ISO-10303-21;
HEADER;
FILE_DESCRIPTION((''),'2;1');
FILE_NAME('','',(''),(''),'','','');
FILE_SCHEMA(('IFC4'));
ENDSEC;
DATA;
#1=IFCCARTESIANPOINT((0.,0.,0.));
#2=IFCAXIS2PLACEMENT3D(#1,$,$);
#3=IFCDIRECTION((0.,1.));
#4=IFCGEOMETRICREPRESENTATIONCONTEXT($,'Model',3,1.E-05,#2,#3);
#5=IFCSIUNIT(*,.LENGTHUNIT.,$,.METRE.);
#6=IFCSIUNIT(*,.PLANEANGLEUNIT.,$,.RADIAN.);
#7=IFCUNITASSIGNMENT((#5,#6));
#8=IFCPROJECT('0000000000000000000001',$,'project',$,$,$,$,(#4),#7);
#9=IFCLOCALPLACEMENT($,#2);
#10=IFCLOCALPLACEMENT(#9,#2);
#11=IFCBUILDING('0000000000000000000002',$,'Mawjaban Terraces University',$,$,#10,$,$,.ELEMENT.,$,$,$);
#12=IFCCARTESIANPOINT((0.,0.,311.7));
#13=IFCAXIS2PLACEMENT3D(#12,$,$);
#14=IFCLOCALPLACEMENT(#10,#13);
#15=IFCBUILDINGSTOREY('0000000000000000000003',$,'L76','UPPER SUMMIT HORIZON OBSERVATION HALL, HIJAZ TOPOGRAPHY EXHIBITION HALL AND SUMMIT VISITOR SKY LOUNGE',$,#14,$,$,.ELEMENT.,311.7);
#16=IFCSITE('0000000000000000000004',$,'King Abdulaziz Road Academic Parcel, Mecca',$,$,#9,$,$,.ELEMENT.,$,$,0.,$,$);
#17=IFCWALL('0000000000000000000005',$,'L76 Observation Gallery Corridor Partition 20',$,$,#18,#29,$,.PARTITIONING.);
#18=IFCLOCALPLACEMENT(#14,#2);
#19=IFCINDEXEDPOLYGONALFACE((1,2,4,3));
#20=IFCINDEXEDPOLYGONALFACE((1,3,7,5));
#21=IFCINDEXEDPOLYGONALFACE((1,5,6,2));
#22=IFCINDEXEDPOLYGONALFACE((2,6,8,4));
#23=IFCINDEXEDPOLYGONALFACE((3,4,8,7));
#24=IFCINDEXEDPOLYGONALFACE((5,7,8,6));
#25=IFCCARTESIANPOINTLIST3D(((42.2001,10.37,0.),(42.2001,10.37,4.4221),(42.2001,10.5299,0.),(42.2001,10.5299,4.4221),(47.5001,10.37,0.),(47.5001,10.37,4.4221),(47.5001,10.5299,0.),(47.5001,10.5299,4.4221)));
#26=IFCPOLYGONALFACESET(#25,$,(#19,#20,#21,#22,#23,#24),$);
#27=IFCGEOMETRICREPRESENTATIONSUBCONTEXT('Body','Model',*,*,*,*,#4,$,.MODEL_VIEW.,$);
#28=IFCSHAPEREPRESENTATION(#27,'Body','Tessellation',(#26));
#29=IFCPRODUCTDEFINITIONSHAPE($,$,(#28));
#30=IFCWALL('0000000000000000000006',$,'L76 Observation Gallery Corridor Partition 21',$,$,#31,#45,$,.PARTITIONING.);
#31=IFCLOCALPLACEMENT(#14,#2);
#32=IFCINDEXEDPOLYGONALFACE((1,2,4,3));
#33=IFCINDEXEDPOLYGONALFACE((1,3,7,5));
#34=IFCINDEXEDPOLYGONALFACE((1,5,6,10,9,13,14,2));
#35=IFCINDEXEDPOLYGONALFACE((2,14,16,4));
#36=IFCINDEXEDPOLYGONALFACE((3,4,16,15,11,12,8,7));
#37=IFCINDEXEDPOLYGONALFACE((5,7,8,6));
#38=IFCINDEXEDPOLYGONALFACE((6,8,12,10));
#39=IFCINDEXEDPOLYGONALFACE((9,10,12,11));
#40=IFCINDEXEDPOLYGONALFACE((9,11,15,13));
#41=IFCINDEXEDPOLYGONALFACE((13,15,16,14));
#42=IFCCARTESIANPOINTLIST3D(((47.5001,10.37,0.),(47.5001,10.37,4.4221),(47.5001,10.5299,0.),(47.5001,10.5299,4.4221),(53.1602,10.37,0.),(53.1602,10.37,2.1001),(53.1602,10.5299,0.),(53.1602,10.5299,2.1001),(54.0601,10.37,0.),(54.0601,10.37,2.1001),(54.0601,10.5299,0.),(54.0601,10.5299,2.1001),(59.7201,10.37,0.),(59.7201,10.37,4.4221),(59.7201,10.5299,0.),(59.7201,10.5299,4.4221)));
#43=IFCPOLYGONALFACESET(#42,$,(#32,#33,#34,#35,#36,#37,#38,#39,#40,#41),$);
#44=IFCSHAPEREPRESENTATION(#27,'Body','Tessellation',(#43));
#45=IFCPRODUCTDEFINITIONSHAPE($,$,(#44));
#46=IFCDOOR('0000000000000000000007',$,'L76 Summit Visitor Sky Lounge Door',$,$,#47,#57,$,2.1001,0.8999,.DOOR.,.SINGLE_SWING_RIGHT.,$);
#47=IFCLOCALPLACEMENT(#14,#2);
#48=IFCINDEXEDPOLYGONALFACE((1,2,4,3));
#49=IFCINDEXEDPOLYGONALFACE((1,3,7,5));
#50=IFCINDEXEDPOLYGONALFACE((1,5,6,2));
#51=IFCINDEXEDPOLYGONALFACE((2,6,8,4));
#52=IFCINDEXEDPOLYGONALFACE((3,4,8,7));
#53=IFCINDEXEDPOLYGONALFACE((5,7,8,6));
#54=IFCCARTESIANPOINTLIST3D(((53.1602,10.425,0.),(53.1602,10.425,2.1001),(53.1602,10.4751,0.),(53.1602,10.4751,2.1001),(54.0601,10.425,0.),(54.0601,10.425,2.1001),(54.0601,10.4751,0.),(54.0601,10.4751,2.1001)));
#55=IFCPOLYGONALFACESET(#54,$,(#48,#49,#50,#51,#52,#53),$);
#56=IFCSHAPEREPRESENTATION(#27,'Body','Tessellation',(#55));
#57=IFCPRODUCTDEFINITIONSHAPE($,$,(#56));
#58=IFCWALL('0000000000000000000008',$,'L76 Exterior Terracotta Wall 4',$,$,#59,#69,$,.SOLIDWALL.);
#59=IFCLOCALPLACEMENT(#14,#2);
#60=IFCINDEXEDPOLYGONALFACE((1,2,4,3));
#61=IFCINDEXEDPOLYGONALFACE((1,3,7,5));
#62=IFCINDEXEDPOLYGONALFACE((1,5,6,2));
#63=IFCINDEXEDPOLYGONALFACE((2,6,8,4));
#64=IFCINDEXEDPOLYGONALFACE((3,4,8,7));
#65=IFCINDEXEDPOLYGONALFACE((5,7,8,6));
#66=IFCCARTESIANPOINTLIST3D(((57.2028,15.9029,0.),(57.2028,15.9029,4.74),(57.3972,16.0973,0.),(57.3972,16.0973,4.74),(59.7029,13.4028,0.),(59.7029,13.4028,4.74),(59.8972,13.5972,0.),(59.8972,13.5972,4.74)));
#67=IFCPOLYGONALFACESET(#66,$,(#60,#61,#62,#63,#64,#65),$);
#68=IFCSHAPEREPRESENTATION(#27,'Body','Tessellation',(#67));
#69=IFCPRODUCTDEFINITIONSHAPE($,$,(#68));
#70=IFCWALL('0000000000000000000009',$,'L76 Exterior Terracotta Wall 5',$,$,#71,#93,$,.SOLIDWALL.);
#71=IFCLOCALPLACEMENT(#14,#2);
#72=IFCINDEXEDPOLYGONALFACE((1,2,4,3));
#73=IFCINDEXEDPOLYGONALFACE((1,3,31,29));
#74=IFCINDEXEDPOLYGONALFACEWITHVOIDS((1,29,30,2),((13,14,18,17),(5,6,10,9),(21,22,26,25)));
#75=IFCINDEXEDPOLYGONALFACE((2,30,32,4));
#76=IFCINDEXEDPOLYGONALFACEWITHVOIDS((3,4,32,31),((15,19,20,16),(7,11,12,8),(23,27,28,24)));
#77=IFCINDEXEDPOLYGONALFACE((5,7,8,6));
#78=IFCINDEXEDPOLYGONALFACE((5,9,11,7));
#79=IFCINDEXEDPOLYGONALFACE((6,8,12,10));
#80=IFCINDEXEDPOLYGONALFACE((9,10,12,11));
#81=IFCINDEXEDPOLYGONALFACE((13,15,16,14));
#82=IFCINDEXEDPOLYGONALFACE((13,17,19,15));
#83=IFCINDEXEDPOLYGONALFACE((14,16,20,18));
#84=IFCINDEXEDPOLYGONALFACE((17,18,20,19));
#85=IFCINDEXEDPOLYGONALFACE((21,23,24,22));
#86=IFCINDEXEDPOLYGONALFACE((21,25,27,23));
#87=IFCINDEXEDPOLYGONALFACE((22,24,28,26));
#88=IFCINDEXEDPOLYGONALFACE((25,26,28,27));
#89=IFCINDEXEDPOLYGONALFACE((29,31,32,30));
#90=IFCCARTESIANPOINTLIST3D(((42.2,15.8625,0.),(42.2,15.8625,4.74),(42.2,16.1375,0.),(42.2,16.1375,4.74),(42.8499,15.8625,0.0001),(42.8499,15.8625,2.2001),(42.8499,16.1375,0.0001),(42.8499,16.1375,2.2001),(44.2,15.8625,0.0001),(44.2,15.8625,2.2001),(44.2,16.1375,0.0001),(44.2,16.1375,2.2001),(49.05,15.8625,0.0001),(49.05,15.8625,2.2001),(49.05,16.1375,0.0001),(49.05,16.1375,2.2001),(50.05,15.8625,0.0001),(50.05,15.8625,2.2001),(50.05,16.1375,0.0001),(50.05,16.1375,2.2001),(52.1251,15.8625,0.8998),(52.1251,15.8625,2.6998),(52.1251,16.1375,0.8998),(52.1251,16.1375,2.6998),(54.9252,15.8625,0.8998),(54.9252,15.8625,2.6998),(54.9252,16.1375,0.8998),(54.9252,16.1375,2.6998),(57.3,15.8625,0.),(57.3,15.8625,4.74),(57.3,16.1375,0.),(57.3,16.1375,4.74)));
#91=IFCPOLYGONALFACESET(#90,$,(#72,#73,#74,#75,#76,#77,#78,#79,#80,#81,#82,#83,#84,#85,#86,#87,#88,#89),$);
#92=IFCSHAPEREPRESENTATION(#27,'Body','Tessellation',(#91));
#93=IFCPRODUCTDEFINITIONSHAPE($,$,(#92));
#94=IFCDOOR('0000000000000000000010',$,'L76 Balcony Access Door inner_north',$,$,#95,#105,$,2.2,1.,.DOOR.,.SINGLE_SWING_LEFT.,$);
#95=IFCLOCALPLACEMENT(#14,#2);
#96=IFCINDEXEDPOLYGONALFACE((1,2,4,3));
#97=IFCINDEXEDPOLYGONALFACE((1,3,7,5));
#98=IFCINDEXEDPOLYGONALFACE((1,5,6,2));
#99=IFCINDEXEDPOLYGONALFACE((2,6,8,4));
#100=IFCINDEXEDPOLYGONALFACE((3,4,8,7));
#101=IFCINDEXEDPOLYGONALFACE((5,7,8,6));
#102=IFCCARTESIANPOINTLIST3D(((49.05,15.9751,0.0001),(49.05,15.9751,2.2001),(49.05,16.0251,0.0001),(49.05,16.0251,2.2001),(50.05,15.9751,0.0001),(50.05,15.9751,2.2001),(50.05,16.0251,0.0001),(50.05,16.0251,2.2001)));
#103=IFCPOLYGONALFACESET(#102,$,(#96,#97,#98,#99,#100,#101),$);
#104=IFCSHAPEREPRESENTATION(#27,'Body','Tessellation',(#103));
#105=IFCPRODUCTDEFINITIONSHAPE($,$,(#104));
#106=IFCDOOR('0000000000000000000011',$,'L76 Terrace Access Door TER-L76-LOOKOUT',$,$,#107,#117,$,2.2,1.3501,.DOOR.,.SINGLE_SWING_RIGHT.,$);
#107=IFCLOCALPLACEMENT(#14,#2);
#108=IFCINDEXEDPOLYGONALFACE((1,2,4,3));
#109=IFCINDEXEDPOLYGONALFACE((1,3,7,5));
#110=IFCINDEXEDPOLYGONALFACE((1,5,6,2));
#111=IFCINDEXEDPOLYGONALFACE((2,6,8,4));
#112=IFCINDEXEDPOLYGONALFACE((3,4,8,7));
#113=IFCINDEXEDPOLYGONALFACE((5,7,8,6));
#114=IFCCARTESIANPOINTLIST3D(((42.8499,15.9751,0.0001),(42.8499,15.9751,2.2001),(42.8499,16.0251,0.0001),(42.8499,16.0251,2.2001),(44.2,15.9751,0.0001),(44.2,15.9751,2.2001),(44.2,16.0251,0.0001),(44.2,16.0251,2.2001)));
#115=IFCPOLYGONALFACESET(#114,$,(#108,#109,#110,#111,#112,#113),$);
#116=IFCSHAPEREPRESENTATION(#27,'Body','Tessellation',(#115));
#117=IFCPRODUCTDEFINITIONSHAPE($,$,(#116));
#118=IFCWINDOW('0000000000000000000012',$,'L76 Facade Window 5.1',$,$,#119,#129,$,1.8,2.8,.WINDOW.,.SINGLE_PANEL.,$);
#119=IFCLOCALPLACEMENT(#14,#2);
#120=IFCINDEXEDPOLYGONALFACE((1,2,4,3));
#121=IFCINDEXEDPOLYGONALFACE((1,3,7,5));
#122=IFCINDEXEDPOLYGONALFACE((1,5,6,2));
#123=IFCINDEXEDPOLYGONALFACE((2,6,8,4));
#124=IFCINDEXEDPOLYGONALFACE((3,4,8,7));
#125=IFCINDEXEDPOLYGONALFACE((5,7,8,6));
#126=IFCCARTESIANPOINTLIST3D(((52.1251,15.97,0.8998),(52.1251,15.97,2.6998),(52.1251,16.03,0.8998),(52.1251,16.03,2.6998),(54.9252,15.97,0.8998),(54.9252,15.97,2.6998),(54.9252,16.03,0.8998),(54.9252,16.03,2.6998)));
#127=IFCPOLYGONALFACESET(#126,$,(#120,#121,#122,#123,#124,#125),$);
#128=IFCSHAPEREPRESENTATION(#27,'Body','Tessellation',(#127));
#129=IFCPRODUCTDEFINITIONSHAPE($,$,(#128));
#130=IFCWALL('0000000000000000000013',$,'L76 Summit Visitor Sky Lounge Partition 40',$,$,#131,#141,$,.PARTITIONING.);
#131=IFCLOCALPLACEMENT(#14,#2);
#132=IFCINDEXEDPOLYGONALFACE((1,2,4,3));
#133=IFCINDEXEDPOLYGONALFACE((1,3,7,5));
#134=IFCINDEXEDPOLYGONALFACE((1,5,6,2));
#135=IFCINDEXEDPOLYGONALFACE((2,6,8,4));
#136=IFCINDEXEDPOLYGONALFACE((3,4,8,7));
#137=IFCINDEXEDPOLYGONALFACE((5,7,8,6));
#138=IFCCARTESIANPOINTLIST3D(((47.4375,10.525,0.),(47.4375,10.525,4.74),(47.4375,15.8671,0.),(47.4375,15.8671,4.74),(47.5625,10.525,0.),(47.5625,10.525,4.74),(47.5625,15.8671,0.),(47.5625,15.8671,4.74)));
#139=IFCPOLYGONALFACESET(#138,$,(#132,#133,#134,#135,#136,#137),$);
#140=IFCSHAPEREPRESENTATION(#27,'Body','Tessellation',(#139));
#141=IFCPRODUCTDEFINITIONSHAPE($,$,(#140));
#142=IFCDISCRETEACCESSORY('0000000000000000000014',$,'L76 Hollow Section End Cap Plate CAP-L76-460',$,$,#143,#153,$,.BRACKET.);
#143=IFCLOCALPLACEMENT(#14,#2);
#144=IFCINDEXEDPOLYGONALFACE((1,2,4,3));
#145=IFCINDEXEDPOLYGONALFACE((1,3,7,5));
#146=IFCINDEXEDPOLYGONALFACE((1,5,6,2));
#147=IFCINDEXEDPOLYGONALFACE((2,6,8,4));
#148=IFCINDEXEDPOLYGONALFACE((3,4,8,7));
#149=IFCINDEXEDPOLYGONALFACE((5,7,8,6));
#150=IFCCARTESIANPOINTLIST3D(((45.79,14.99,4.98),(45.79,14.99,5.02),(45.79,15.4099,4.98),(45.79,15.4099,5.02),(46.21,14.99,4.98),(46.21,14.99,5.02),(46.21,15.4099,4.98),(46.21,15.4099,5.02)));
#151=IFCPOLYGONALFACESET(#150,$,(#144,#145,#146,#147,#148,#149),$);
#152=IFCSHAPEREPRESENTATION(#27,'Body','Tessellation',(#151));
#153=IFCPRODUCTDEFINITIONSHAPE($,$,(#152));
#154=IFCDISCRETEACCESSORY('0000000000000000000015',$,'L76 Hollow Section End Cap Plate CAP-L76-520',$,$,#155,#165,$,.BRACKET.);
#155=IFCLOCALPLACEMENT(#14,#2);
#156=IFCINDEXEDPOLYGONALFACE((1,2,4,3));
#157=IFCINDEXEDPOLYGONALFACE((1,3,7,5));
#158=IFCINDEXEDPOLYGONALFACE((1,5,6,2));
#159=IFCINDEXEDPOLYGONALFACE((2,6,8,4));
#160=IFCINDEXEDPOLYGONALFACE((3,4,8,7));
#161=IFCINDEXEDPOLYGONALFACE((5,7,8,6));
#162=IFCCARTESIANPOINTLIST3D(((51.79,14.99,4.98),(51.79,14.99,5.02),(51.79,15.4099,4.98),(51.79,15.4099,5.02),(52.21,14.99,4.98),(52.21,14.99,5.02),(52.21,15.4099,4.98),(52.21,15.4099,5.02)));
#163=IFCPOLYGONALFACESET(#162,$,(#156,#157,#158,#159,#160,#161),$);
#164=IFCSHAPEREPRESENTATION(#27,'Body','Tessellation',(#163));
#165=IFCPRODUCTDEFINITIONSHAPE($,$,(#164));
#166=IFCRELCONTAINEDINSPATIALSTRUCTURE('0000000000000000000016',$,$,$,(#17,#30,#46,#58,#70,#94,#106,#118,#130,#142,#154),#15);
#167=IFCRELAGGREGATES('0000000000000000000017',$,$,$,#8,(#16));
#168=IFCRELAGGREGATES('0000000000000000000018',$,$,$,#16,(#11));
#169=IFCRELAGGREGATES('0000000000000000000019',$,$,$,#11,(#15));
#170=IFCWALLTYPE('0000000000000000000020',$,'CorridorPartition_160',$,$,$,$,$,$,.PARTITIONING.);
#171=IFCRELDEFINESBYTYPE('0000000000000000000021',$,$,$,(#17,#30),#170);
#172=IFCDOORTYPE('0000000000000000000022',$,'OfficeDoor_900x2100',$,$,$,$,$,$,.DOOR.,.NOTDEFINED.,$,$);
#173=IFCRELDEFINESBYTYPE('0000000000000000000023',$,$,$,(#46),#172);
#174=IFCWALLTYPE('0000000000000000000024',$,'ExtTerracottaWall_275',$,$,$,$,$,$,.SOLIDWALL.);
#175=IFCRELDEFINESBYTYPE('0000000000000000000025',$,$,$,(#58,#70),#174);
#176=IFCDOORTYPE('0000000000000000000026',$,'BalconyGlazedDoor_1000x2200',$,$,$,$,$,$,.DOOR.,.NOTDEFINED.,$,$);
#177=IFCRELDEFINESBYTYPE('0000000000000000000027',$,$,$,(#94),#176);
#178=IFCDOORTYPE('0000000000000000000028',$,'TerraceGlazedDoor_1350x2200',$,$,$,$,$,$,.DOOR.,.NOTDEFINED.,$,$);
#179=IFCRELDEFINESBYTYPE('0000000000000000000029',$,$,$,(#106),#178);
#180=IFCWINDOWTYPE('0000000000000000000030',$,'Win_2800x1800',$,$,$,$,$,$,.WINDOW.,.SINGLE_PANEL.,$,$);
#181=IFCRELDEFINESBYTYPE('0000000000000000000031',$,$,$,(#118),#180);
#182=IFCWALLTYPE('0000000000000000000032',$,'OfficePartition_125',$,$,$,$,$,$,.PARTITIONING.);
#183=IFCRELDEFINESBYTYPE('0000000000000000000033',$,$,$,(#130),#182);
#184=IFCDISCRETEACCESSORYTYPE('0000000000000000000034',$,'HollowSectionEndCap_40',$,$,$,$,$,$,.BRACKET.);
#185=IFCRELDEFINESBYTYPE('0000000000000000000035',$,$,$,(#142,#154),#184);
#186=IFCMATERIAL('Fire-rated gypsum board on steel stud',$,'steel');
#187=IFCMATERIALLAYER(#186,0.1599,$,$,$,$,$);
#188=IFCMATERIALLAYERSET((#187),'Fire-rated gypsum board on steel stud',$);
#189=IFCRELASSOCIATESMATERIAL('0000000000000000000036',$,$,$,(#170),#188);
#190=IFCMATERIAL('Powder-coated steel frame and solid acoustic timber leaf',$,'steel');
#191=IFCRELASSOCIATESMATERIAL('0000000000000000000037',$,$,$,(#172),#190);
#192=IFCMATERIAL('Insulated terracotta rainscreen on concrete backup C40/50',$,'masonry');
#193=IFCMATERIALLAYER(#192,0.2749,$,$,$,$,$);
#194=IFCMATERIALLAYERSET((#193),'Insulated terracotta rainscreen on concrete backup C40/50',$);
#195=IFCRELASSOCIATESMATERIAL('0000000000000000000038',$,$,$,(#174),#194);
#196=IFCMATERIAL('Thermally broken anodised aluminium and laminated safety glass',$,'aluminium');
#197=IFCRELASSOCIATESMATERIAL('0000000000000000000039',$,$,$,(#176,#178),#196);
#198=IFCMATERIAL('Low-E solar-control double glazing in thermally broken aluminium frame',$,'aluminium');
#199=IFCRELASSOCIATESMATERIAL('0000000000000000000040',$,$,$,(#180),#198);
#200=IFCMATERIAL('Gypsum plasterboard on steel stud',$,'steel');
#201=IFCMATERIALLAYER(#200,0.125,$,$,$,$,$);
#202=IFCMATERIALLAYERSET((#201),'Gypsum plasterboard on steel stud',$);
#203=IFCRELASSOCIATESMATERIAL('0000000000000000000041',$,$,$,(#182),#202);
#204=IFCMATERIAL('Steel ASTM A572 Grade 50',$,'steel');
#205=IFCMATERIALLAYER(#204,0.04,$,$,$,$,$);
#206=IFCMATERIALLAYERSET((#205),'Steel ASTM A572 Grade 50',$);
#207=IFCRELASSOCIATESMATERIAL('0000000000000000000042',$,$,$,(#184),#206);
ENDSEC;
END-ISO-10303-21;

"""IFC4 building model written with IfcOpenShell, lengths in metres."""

from ifc_helpers import new_model, si_unit, direction, frame, frame_2d, origin, origin_2d, place, context, subcontext, project, spatial, rectangle, extrude, material, layer, layer_set, type_object, element, fill, save


model = new_model("IFC4")

# Units and contexts
model_context = context("Model", 3, precision=1e-05, world=origin(), true_north=direction((0.0, 1.0)))
body_context = subcontext(model_context, "Body", "Model", "MODEL_VIEW")
ifc_project = project(units=[si_unit("LENGTHUNIT", "METRE"), si_unit("PLANEANGLEUNIT", "RADIAN")], contexts=[model_context])

# Site, building, storey
site_placement = place(None, origin())
site = spatial("IfcSite", under=ifc_project, at=site_placement, Name="King Abdulaziz Road Academic Parcel, Mecca", CompositionType="ELEMENT", RefElevation=0.0)
building_placement = place(site_placement, origin())
building = spatial("IfcBuilding", under=site, at=building_placement, Name="Mawjaban Terraces University", CompositionType="ELEMENT")
storey_placement = place(building_placement, frame((0.0, 0.0, 311.7)))
storey = spatial("IfcBuildingStorey", under=building, at=storey_placement, Name="L76", Description="UPPER SUMMIT HORIZON OBSERVATION HALL, HIJAZ TOPOGRAPHY EXHIBITION HALL AND SUMMIT VISITOR SKY LOUNGE", CompositionType="ELEMENT", Elevation=311.7)

# Shared definitions
ifc_material_1 = material(Name="Steel ASTM A572 Grade 50", Category="steel")

# Wall
ifc_material_2 = material(Name="Fire-rated gypsum board on steel stud", Category="steel")
ifc_layer_1 = layer(ifc_material_2, 0.1599)
ifc_layer_set_1 = layer_set([ifc_layer_1], Name="Fire-rated gypsum board on steel stud")
wall_type_1 = type_object("IfcWallType", Name="CorridorPartition_160", PredefinedType="PARTITIONING", material=ifc_layer_set_1)
wall_1_placement = place(storey_placement, frame((47.5, 10.45, 0.0), z_axis=(0.0, 0.0, 1.0), x_axis=(-1.0, 0.0, 0.0)))
element("IfcWall", 1, at=wall_1_placement, inside=storey, type_object=wall_type_1, Name="L76 Observation Gallery Corridor Partition 20", PredefinedType="PARTITIONING", context=body_context, shape_type="SweptSolid", body=[
    extrude(rectangle(XDim=5.3, YDim=0.1599, at=frame_2d((2.6499, 0.0))), origin(), (0.0, 0.0, 1.0), 4.4221),
])

# Wall, opening, door
wall_2_placement = place(storey_placement, frame((59.72, 10.45, 0.0), z_axis=(0.0, 0.0, 1.0), x_axis=(-1.0, 0.0, 0.0)))
wall_2 = element("IfcWall", 2, at=wall_2_placement, inside=storey, type_object=wall_type_1, Name="L76 Observation Gallery Corridor Partition 21", PredefinedType="PARTITIONING", context=body_context, shape_type="SweptSolid", body=[
    extrude(rectangle(XDim=12.22, YDim=0.1599, at=frame_2d((6.1099, 0.0))), origin(), (0.0, 0.0, 1.0), 4.4221),
])
opening_1_placement = place(wall_2_placement, frame((5.6599, 0.0, 0.0)))
opening_1 = element("IfcOpeningElement", 3, at=opening_1_placement, cuts=wall_2, PredefinedType="OPENING", context=body_context, shape_type="SweptSolid", body=[
    extrude(rectangle(XDim=0.8999, YDim=2.1001, at=frame_2d((0.45, 1.05))), frame((0.0, 0.0898, 0.0), z_axis=(0.0, -1.0, 0.0), x_axis=(1.0, 0.0, 0.0)), (0.0, 0.0, 1.0), 0.1799),
])
ifc_material_3 = material(Name="Powder-coated steel frame and solid acoustic timber leaf", Category="steel")
door_type_1 = type_object("IfcDoorType", Name="OfficeDoor_900x2100", OperationType="NOTDEFINED", PredefinedType="DOOR", material=ifc_material_3)
door_1_placement = place(opening_1_placement, origin())
door_1 = element("IfcDoor", 4, at=door_1_placement, inside=storey, type_object=door_type_1, Name="L76 Summit Visitor Sky Lounge Door", OperationType="SINGLE_SWING_RIGHT", OverallHeight=2.1001, OverallWidth=0.8999, PredefinedType="DOOR", context=body_context, shape_type="SweptSolid", body=[
    extrude(rectangle(XDim=0.8999, YDim=2.1001, at=frame_2d((0.45, 1.05))), frame((0.0, 0.0249, 0.0), z_axis=(0.0, -1.0, 0.0), x_axis=(1.0, 0.0, 0.0)), (0.0, 0.0, 1.0), 0.05),
])
fill(opening_1, door_1)

# Wall
ifc_material_4 = material(Name="Insulated terracotta rainscreen on concrete backup C40/50", Category="masonry")
ifc_layer_2 = layer(ifc_material_4, 0.2749)
ifc_layer_set_2 = layer_set([ifc_layer_2], Name="Insulated terracotta rainscreen on concrete backup C40/50")
wall_type_2 = type_object("IfcWallType", Name="ExtTerracottaWall_275", PredefinedType="SOLIDWALL", material=ifc_layer_set_2)
wall_3_placement = place(storey_placement, frame((59.8, 13.5, 0.0), z_axis=(0.0, 0.0, 1.0), x_axis=(-0.707107, 0.707107, 0.0)))
element("IfcWall", 5, at=wall_3_placement, inside=storey, type_object=wall_type_2, Name="L76 Exterior Terracotta Wall 4", PredefinedType="SOLIDWALL", context=body_context, shape_type="SweptSolid", body=[
    extrude(rectangle(XDim=3.5356, YDim=0.2749, at=frame_2d((1.7678, 0.0))), origin(), (0.0, 0.0, 1.0), 4.74),
])

# Wall, openings, doors, window
wall_4_placement = place(storey_placement, frame((57.3, 16.0, 0.0), z_axis=(0.0, 0.0, 1.0), x_axis=(-1.0, 0.0, 0.0)))
wall_4 = element("IfcWall", 6, at=wall_4_placement, inside=storey, type_object=wall_type_2, Name="L76 Exterior Terracotta Wall 5", PredefinedType="SOLIDWALL", context=body_context, shape_type="SweptSolid", body=[
    extrude(rectangle(XDim=15.1001, YDim=0.2749, at=frame_2d((7.55, 0.0))), origin(), (0.0, 0.0, 1.0), 4.74),
])
opening_2_placement = place(wall_4_placement, frame((7.25, 0.0, 0.0)))
opening_2 = element("IfcOpeningElement", 7, at=opening_2_placement, cuts=wall_4, PredefinedType="OPENING", context=body_context, shape_type="SweptSolid", body=[
    extrude(rectangle(XDim=1.0, YDim=2.2, at=frame_2d((0.5, 1.1001))), frame((0.0, 0.1475, 0.0), z_axis=(0.0, -1.0, 0.0), x_axis=(1.0, 0.0, 0.0)), (0.0, 0.0, 1.0), 0.2949),
])
opening_3_placement = place(wall_4_placement, frame((13.1001, 0.0, 0.0)))
opening_3 = element("IfcOpeningElement", 8, at=opening_3_placement, cuts=wall_4, PredefinedType="OPENING", context=body_context, shape_type="SweptSolid", body=[
    extrude(rectangle(XDim=1.3501, YDim=2.2, at=frame_2d((0.675, 1.1001))), frame((0.0, 0.1475, 0.0), z_axis=(0.0, -1.0, 0.0), x_axis=(1.0, 0.0, 0.0)), (0.0, 0.0, 1.0), 0.2949),
])
opening_4_placement = place(wall_4_placement, frame((2.375, 0.0, 0.8999)))
opening_4 = element("IfcOpeningElement", 9, at=opening_4_placement, cuts=wall_4, PredefinedType="OPENING", context=body_context, shape_type="SweptSolid", body=[
    extrude(rectangle(XDim=2.8, YDim=1.8, at=frame_2d((1.3999, 0.8999))), frame((0.0, 0.1475, 0.0), z_axis=(0.0, -1.0, 0.0), x_axis=(1.0, 0.0, 0.0)), (0.0, 0.0, 1.0), 0.2949),
])
ifc_material_5 = material(Name="Thermally broken anodised aluminium and laminated safety glass", Category="aluminium")
door_type_2 = type_object("IfcDoorType", Name="BalconyGlazedDoor_1000x2200", OperationType="NOTDEFINED", PredefinedType="DOOR", material=ifc_material_5)
door_2_placement = place(opening_2_placement, origin())
door_2 = element("IfcDoor", 10, at=door_2_placement, inside=storey, type_object=door_type_2, Name="L76 Balcony Access Door inner_north", OperationType="SINGLE_SWING_LEFT", OverallHeight=2.2, OverallWidth=1.0, PredefinedType="DOOR", context=body_context, shape_type="SweptSolid", body=[
    extrude(rectangle(XDim=1.0, YDim=2.2, at=frame_2d((0.5, 1.1001))), frame((0.0, 0.0249, 0.0), z_axis=(0.0, -1.0, 0.0), x_axis=(1.0, 0.0, 0.0)), (0.0, 0.0, 1.0), 0.05),
])
fill(opening_2, door_2)
door_type_3 = type_object("IfcDoorType", Name="TerraceGlazedDoor_1350x2200", OperationType="NOTDEFINED", PredefinedType="DOOR", material=ifc_material_5)
door_3_placement = place(opening_3_placement, origin())
door_3 = element("IfcDoor", 11, at=door_3_placement, inside=storey, type_object=door_type_3, Name="L76 Terrace Access Door TER-L76-LOOKOUT", OperationType="SINGLE_SWING_RIGHT", OverallHeight=2.2, OverallWidth=1.3501, PredefinedType="DOOR", context=body_context, shape_type="SweptSolid", body=[
    extrude(rectangle(XDim=1.3501, YDim=2.2, at=frame_2d((0.675, 1.1001))), frame((0.0, 0.0249, 0.0), z_axis=(0.0, -1.0, 0.0), x_axis=(1.0, 0.0, 0.0)), (0.0, 0.0, 1.0), 0.05),
])
fill(opening_3, door_3)
ifc_material_6 = material(Name="Low-E solar-control double glazing in thermally broken aluminium frame", Category="aluminium")
window_type = type_object("IfcWindowType", Name="Win_2800x1800", PartitioningType="SINGLE_PANEL", PredefinedType="WINDOW", material=ifc_material_6)
window_placement = place(opening_4_placement, origin())
window = element("IfcWindow", 12, at=window_placement, inside=storey, type_object=window_type, Name="L76 Facade Window 5.1", OverallHeight=1.8, OverallWidth=2.8, PartitioningType="SINGLE_PANEL", PredefinedType="WINDOW", context=body_context, shape_type="SweptSolid", body=[
    extrude(rectangle(XDim=2.8, YDim=1.8, at=frame_2d((1.3999, 0.8999))), frame((0.0, 0.03, 0.0), z_axis=(0.0, -1.0, 0.0), x_axis=(1.0, 0.0, 0.0)), (0.0, 0.0, 1.0), 0.0601),
])
fill(opening_4, window)

# Wall
ifc_material_7 = material(Name="Gypsum plasterboard on steel stud", Category="steel")
ifc_layer_3 = layer(ifc_material_7, 0.125)
ifc_layer_set_3 = layer_set([ifc_layer_3], Name="Gypsum plasterboard on steel stud")
wall_type_3 = type_object("IfcWallType", Name="OfficePartition_125", PredefinedType="PARTITIONING", material=ifc_layer_set_3)
wall_5_placement = place(storey_placement, frame((47.5, 15.8669, 0.0), z_axis=(0.0, 0.0, 1.0), x_axis=(0.0, -1.0, 0.0)))
element("IfcWall", 13, at=wall_5_placement, inside=storey, type_object=wall_type_3, Name="L76 Summit Visitor Sky Lounge Partition 40", PredefinedType="PARTITIONING", context=body_context, shape_type="SweptSolid", body=[
    extrude(rectangle(XDim=5.342, YDim=0.125, at=frame_2d((2.6709, 0.0))), origin(), (0.0, 0.0, 1.0), 4.74),
])

# Discrete accessories
ifc_layer_4 = layer(ifc_material_1, 0.04)
ifc_layer_set_4 = layer_set([ifc_layer_4], Name="Steel ASTM A572 Grade 50")
discrete_accessory_type = type_object("IfcDiscreteAccessoryType", Name="HollowSectionEndCap_40", PredefinedType="BRACKET", material=ifc_layer_set_4)
for number, where, z_axis, x_axis, name in (
    (14, (46.0, 15.2, 4.98), (0.0, 0.0, 1.0), (1.0, 0.0, 0.0), "L76 Hollow Section End Cap Plate CAP-L76-460"),
    (15, (52.0, 15.2, 4.98), (0.0, 0.0, 1.0), (1.0, 0.0, 0.0), "L76 Hollow Section End Cap Plate CAP-L76-520"),
):
    element("IfcDiscreteAccessory", number, at=place(storey_placement, frame(where, z_axis=z_axis, x_axis=x_axis)), inside=storey, type_object=discrete_accessory_type, Name=name, PredefinedType="BRACKET", context=body_context, shape_type="SweptSolid", body=[
        extrude(rectangle(XDim=0.4199, YDim=0.4199, at=origin_2d()), origin(), (0.0, 0.0, 1.0), 0.04),
    ])

save(model, "model.ifc")
